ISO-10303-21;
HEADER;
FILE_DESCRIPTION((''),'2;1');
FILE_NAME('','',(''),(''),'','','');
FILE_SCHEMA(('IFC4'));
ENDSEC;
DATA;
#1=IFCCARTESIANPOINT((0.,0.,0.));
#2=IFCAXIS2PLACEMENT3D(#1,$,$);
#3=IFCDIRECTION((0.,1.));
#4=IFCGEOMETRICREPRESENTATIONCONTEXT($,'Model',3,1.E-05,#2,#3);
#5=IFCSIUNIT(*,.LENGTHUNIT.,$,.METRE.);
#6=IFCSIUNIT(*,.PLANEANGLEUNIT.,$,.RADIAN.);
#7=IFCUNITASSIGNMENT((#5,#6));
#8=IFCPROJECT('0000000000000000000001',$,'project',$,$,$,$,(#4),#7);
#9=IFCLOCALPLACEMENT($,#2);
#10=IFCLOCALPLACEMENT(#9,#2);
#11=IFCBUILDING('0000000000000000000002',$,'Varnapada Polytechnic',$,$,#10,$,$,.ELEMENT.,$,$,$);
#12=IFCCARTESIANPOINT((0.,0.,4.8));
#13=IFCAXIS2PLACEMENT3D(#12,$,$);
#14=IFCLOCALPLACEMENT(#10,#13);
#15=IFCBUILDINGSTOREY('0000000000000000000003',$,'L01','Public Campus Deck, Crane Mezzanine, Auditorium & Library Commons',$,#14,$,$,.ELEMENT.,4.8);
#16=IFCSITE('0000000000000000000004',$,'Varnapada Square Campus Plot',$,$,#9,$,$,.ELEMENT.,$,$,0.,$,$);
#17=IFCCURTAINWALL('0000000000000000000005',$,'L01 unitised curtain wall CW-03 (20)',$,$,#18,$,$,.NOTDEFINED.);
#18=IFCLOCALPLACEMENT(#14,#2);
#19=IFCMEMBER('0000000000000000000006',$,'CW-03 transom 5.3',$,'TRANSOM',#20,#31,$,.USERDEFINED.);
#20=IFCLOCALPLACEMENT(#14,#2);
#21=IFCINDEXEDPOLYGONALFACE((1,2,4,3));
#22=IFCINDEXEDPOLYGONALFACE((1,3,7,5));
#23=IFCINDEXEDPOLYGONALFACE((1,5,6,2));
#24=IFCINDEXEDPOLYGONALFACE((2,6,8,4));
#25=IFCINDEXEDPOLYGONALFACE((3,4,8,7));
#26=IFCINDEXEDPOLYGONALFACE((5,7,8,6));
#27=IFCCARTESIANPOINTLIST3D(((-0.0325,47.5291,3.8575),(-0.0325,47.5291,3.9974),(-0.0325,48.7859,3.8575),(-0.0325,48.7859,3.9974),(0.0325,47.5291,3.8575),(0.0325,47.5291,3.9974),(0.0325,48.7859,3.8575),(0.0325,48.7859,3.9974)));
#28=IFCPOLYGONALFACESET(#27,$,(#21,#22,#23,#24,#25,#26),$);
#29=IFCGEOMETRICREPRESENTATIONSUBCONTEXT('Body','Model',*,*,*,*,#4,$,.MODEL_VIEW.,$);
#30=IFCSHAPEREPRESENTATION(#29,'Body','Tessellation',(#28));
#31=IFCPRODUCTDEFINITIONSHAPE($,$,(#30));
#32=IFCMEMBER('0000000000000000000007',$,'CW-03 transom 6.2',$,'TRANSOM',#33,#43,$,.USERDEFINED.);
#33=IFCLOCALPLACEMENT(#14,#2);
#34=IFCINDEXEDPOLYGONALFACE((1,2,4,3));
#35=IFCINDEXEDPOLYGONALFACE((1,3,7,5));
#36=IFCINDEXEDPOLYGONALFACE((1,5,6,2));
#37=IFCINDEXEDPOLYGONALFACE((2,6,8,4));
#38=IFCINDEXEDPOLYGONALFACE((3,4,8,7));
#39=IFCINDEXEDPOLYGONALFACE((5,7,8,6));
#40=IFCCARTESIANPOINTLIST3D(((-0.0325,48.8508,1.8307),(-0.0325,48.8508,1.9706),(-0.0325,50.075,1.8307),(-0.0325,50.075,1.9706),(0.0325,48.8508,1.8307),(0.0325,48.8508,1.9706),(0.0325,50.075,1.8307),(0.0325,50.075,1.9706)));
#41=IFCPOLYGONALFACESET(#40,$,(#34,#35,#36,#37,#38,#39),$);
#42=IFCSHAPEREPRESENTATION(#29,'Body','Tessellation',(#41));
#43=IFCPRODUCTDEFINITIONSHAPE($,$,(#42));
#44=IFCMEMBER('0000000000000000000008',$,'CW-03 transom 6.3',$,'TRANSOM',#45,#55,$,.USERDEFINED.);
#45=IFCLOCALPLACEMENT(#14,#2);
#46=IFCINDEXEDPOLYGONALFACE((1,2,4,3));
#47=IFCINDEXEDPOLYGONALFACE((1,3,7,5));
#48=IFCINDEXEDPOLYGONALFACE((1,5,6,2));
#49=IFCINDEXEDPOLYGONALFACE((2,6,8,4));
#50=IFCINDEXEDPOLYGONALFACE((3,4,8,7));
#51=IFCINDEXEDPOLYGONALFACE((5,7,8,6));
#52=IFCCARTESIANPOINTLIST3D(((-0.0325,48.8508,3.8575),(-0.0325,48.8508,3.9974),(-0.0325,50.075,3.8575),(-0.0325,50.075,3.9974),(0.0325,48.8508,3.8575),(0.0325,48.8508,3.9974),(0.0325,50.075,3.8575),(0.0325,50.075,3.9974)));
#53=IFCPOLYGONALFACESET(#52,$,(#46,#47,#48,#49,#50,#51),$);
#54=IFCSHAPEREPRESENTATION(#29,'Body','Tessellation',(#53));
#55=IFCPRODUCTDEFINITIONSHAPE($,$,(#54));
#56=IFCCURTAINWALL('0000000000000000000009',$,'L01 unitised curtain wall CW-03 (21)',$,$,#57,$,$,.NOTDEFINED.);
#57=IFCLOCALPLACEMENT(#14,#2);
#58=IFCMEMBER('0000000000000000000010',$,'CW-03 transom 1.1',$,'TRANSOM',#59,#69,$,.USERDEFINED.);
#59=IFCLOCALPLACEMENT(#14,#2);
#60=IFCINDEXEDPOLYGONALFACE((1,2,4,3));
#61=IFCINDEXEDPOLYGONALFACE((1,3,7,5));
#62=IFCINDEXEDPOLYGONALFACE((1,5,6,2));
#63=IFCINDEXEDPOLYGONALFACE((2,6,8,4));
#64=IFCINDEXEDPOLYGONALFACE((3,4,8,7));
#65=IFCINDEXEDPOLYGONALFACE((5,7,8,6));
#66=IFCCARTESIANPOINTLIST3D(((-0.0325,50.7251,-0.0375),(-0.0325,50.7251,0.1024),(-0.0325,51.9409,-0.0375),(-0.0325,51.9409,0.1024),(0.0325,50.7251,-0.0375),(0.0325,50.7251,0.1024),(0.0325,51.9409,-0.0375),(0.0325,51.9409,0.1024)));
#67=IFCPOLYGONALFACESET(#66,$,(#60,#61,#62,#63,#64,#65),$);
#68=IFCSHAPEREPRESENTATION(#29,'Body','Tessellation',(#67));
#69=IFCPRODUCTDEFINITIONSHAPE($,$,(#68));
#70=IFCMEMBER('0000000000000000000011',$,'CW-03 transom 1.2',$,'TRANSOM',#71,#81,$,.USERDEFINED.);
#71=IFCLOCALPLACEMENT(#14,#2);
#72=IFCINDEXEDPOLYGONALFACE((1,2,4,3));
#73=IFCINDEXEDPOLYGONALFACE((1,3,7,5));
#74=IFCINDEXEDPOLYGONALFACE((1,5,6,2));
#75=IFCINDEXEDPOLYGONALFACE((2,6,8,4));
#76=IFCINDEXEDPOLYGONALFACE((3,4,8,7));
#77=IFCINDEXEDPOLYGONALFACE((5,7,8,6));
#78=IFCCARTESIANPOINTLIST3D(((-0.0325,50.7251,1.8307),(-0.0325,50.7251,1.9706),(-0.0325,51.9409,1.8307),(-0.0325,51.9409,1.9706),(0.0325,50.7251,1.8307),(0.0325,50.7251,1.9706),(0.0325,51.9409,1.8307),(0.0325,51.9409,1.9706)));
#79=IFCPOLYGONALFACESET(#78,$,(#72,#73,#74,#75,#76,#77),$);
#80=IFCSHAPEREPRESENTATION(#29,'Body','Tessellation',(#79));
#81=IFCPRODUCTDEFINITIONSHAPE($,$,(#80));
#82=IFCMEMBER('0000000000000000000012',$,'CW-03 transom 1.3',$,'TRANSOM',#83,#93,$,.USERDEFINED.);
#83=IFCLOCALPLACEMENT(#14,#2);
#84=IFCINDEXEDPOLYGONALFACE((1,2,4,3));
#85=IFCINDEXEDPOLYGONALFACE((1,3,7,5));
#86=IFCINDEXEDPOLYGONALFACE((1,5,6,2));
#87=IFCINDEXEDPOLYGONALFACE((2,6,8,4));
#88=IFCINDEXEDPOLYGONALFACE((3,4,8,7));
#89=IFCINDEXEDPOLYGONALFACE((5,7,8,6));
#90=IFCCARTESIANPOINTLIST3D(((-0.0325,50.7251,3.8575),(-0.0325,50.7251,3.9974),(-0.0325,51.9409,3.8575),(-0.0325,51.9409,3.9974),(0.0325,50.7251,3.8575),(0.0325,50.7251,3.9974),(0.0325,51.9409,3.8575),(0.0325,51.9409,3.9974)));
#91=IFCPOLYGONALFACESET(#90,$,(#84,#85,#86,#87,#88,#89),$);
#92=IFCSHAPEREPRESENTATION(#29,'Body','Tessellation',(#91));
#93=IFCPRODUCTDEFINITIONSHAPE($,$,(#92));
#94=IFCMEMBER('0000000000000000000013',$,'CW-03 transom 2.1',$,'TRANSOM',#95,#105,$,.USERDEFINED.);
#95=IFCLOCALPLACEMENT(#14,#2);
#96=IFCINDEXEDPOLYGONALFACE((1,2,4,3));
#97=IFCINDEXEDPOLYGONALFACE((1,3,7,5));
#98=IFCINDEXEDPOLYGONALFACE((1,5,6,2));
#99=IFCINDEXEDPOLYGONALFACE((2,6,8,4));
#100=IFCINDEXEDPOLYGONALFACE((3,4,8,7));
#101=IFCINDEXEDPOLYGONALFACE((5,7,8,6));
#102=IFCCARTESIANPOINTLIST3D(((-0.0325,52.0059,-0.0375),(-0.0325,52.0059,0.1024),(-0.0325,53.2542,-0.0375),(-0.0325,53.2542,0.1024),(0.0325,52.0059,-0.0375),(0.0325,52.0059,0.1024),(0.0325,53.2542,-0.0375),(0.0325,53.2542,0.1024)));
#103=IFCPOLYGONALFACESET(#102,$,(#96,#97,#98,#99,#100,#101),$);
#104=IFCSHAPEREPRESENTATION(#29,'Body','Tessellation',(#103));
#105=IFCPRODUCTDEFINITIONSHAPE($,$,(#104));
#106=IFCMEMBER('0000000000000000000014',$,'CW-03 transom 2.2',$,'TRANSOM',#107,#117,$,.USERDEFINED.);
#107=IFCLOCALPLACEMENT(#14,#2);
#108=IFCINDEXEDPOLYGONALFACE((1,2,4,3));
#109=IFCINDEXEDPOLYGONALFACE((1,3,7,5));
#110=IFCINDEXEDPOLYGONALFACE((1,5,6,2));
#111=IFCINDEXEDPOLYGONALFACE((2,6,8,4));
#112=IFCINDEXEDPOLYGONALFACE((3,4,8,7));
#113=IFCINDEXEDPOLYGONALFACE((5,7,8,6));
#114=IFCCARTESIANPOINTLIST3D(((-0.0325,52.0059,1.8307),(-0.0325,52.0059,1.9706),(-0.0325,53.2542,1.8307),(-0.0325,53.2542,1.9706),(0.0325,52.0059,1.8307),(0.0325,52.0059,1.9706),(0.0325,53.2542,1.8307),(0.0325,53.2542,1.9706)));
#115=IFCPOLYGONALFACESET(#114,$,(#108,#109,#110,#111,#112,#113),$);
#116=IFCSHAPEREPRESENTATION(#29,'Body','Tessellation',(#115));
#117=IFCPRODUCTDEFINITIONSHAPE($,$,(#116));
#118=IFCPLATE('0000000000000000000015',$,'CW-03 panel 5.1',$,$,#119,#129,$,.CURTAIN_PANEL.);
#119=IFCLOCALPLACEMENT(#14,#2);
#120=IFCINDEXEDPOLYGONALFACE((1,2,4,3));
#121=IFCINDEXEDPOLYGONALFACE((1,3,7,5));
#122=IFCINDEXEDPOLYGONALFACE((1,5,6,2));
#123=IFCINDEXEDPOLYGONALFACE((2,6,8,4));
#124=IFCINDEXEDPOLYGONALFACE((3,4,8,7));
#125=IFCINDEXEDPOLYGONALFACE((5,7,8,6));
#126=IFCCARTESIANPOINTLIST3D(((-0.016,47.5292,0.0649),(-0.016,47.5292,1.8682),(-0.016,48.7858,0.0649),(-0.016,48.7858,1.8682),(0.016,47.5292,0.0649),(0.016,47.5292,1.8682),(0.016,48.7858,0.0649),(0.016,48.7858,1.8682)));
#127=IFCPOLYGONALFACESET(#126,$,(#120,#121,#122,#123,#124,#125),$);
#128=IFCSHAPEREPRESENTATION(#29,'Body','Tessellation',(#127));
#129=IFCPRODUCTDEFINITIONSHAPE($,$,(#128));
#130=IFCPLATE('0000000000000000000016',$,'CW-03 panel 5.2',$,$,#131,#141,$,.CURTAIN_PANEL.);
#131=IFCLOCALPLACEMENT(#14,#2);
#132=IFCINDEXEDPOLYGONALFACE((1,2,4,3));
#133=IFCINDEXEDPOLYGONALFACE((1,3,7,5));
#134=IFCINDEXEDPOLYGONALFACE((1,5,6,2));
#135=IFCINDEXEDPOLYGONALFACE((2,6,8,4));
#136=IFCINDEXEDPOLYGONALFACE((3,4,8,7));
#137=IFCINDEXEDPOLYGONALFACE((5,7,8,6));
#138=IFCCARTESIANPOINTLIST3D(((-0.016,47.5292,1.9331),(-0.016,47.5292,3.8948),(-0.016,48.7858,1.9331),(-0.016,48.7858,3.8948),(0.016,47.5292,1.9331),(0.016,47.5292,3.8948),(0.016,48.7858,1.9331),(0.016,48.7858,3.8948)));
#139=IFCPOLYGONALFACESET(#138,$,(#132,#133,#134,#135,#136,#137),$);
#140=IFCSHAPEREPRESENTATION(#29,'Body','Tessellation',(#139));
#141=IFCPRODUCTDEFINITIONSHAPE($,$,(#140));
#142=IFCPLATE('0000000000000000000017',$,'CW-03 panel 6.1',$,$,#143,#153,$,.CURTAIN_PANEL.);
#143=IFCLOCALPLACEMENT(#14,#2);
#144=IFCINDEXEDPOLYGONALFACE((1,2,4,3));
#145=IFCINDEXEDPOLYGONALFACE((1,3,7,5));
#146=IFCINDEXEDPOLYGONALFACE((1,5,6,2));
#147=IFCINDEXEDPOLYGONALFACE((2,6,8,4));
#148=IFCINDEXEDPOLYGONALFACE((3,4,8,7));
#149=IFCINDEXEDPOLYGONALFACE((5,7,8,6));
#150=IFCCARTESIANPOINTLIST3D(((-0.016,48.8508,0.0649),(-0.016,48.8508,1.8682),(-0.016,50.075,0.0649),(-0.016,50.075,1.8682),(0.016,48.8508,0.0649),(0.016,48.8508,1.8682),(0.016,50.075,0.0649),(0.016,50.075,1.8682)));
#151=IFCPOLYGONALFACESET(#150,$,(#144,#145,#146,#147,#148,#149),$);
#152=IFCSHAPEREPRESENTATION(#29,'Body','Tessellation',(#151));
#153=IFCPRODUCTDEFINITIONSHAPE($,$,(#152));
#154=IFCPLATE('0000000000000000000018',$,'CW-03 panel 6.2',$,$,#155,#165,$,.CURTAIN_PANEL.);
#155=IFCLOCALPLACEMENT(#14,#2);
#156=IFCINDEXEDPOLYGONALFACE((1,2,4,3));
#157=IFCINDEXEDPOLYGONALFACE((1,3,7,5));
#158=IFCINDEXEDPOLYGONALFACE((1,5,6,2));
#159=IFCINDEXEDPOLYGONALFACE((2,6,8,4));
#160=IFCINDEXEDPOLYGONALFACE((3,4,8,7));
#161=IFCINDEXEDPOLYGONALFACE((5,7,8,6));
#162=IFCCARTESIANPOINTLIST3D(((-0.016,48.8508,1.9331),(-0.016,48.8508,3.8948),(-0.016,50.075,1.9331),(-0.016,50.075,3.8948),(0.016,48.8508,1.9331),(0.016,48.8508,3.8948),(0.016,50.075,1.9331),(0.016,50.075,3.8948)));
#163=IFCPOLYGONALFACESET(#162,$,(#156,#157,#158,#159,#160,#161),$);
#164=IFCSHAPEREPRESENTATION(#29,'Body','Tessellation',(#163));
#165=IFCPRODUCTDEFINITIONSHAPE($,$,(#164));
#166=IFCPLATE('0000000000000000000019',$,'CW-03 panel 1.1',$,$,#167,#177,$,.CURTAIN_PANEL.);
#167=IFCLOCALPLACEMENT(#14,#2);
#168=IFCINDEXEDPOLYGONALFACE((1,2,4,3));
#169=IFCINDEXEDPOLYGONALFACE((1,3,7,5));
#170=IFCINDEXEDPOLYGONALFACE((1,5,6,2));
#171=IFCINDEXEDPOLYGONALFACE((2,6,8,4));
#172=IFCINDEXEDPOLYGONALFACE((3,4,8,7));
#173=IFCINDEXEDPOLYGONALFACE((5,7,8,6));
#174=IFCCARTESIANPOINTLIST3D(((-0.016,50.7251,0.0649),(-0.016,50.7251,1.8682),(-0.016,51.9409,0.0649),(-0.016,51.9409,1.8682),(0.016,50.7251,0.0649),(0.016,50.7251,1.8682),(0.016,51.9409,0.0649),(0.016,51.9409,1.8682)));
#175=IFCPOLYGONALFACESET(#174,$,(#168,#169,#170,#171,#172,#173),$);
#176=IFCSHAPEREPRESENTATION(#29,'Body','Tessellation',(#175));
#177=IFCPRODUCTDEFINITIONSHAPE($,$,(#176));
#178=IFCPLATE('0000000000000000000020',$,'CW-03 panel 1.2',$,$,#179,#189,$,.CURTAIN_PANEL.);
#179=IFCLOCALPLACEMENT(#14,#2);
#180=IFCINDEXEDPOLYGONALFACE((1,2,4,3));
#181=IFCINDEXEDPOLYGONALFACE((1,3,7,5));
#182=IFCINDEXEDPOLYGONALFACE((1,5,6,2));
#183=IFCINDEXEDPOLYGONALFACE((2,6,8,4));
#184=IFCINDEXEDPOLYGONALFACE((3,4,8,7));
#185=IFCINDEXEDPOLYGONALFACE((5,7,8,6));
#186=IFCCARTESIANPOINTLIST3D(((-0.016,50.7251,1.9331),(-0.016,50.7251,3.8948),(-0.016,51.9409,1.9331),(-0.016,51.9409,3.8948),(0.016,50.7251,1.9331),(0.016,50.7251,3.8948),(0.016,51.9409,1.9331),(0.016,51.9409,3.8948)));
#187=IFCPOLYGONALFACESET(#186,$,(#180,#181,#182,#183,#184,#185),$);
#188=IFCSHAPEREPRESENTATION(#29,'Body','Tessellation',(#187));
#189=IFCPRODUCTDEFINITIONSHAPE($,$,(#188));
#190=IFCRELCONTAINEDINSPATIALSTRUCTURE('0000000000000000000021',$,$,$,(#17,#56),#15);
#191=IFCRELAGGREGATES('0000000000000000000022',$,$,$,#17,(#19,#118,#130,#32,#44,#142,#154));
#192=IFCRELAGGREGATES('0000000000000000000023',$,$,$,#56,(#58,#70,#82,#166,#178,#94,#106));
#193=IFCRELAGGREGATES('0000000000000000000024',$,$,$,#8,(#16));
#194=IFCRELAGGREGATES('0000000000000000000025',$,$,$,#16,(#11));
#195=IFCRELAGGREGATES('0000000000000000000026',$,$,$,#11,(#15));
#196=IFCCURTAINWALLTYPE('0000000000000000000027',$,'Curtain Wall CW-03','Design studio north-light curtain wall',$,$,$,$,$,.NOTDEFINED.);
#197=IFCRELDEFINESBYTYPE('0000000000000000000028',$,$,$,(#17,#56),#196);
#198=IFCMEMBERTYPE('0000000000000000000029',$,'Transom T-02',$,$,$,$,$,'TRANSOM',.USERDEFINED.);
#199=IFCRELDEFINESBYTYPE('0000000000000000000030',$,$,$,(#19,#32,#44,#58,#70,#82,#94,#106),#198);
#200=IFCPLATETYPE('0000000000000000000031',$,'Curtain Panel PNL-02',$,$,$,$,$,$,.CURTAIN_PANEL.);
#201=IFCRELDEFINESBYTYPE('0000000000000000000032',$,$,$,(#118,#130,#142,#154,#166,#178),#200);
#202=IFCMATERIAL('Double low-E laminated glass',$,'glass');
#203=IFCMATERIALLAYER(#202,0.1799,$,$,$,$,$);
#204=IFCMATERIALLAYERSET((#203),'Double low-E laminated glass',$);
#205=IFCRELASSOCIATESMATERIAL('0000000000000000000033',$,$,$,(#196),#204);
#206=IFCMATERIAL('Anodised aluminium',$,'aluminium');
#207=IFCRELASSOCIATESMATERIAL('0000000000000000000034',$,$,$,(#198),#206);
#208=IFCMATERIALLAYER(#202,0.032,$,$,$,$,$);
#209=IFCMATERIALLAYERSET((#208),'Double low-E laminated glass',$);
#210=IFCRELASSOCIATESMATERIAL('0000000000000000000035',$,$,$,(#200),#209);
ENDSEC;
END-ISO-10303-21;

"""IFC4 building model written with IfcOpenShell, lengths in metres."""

from ifc_helpers import new_model, si_unit, direction, frame, origin, origin_2d, place, context, subcontext, project, spatial, rectangle, extrude, material, layer, layer_set, material_profile, profile_set, type_object, element, aggregate, save


model = new_model("IFC4")

# Units and contexts
model_context = context("Model", 3, precision=1e-05, world=origin(), true_north=direction((0.0, 1.0)))
body_context = subcontext(model_context, "Body", "Model", "MODEL_VIEW")
ifc_project = project(units=[si_unit("LENGTHUNIT", "METRE"), si_unit("PLANEANGLEUNIT", "RADIAN")], contexts=[model_context])

# Site, building, storey
site_placement = place(None, origin())
site = spatial("IfcSite", under=ifc_project, at=site_placement, Name="Varnapada Square Campus Plot", CompositionType="ELEMENT", RefElevation=0.0)
building_placement = place(site_placement, origin())
building = spatial("IfcBuilding", under=site, at=building_placement, Name="Varnapada Polytechnic", CompositionType="ELEMENT")
storey_placement = place(building_placement, frame((0.0, 0.0, 4.8)))
storey = spatial("IfcBuildingStorey", under=building, at=storey_placement, Name="L01", Description="Public Campus Deck, Crane Mezzanine, Auditorium & Library Commons", CompositionType="ELEMENT", Elevation=4.8)

# Curtain walls, members
ifc_material_1 = material(Name="Double low-E laminated glass", Category="glass")
ifc_layer_1 = layer(ifc_material_1, 0.1799)
ifc_layer_set_1 = layer_set([ifc_layer_1], Name="Double low-E laminated glass")
curtain_wall_type = type_object("IfcCurtainWallType", Name="Curtain Wall CW-03", Description="Design studio north-light curtain wall", PredefinedType="NOTDEFINED", material=ifc_layer_set_1)
curtain_wall_1_placement = place(storey_placement, origin())
curtain_wall_1 = element("IfcCurtainWall", 1, at=curtain_wall_1_placement, inside=storey, type_object=curtain_wall_type, Name="L01 unitised curtain wall CW-03 (20)", PredefinedType="NOTDEFINED")
ifc_material_2 = material(Name="Anodised aluminium", Category="aluminium")
ifc_material_profile = material_profile(ifc_material_2, rectangle(XDim=0.0649, YDim=0.1399, at=origin_2d()), Name="ALU T65x140")
ifc_profile_set = profile_set([ifc_material_profile], Name="Anodised aluminium")
member_type = type_object("IfcMemberType", Name="Transom T-02", ElementType="TRANSOM", PredefinedType="USERDEFINED", material=ifc_profile_set)
member_1_placement = place(storey_placement, frame((0.0, 47.5291, 3.9275), z_axis=(0.0, 1.0, 0.0), x_axis=(-1.0, 0.0, 0.0)))
member_1 = element("IfcMember", 2, at=member_1_placement, type_object=member_type, Name="CW-03 transom 5.3", ObjectType="TRANSOM", PredefinedType="USERDEFINED", context=body_context, shape_type="SweptSolid", body=[
    extrude(rectangle(XDim=0.0649, YDim=0.1399, at=origin_2d()), origin(), (0.0, 0.0, 1.0), 1.2568),
])
member_2_placement = place(storey_placement, frame((0.0, 48.8508, 1.9006), z_axis=(0.0, 1.0, 0.0), x_axis=(-1.0, 0.0, 0.0)))
member_2 = element("IfcMember", 3, at=member_2_placement, type_object=member_type, Name="CW-03 transom 6.2", ObjectType="TRANSOM", PredefinedType="USERDEFINED", context=body_context, shape_type="SweptSolid", body=[
    extrude(rectangle(XDim=0.0649, YDim=0.1399, at=origin_2d()), origin(), (0.0, 0.0, 1.0), 1.2241),
])
member_3_placement = place(storey_placement, frame((0.0, 48.8508, 3.9275), z_axis=(0.0, 1.0, 0.0), x_axis=(-1.0, 0.0, 0.0)))
member_3 = element("IfcMember", 4, at=member_3_placement, type_object=member_type, Name="CW-03 transom 6.3", ObjectType="TRANSOM", PredefinedType="USERDEFINED", context=body_context, shape_type="SweptSolid", body=[
    extrude(rectangle(XDim=0.0649, YDim=0.1399, at=origin_2d()), origin(), (0.0, 0.0, 1.0), 1.2241),
])
curtain_wall_2_placement = place(storey_placement, origin())
curtain_wall_2 = element("IfcCurtainWall", 5, at=curtain_wall_2_placement, inside=storey, type_object=curtain_wall_type, Name="L01 unitised curtain wall CW-03 (21)", PredefinedType="NOTDEFINED")
member_4_placement = place(storey_placement, frame((0.0, 50.7251, 0.0325), z_axis=(0.0, 1.0, 0.0), x_axis=(-1.0, 0.0, 0.0)))
member_4 = element("IfcMember", 6, at=member_4_placement, type_object=member_type, Name="CW-03 transom 1.1", ObjectType="TRANSOM", PredefinedType="USERDEFINED", context=body_context, shape_type="SweptSolid", body=[
    extrude(rectangle(XDim=0.0649, YDim=0.1399, at=origin_2d()), origin(), (0.0, 0.0, 1.0), 1.2158),
])
member_5_placement = place(storey_placement, frame((0.0, 50.7251, 1.9006), z_axis=(0.0, 1.0, 0.0), x_axis=(-1.0, 0.0, 0.0)))
member_5 = element("IfcMember", 7, at=member_5_placement, type_object=member_type, Name="CW-03 transom 1.2", ObjectType="TRANSOM", PredefinedType="USERDEFINED", context=body_context, shape_type="SweptSolid", body=[
    extrude(rectangle(XDim=0.0649, YDim=0.1399, at=origin_2d()), origin(), (0.0, 0.0, 1.0), 1.2158),
])
member_6_placement = place(storey_placement, frame((0.0, 50.7251, 3.9275), z_axis=(0.0, 1.0, 0.0), x_axis=(-1.0, 0.0, 0.0)))
member_6 = element("IfcMember", 8, at=member_6_placement, type_object=member_type, Name="CW-03 transom 1.3", ObjectType="TRANSOM", PredefinedType="USERDEFINED", context=body_context, shape_type="SweptSolid", body=[
    extrude(rectangle(XDim=0.0649, YDim=0.1399, at=origin_2d()), origin(), (0.0, 0.0, 1.0), 1.2158),
])
member_7_placement = place(storey_placement, frame((0.0, 52.0059, 0.0325), z_axis=(0.0, 1.0, 0.0), x_axis=(-1.0, 0.0, 0.0)))
member_7 = element("IfcMember", 9, at=member_7_placement, type_object=member_type, Name="CW-03 transom 2.1", ObjectType="TRANSOM", PredefinedType="USERDEFINED", context=body_context, shape_type="SweptSolid", body=[
    extrude(rectangle(XDim=0.0649, YDim=0.1399, at=origin_2d()), origin(), (0.0, 0.0, 1.0), 1.2483),
])
member_8_placement = place(storey_placement, frame((0.0, 52.0059, 1.9006), z_axis=(0.0, 1.0, 0.0), x_axis=(-1.0, 0.0, 0.0)))
member_8 = element("IfcMember", 10, at=member_8_placement, type_object=member_type, Name="CW-03 transom 2.2", ObjectType="TRANSOM", PredefinedType="USERDEFINED", context=body_context, shape_type="SweptSolid", body=[
    extrude(rectangle(XDim=0.0649, YDim=0.1399, at=origin_2d()), origin(), (0.0, 0.0, 1.0), 1.2483),
])

# Plates
ifc_layer_2 = layer(ifc_material_1, 0.032)
ifc_layer_set_2 = layer_set([ifc_layer_2], Name="Double low-E laminated glass")
plate_type = type_object("IfcPlateType", Name="Curtain Panel PNL-02", PredefinedType="CURTAIN_PANEL", material=ifc_layer_set_2)
plate_1_placement = place(storey_placement, frame((0.0, 48.1575, 0.0649), z_axis=(0.0, 0.0, 1.0), x_axis=(0.0, 1.0, 0.0)))
plate_1 = element("IfcPlate", 11, at=plate_1_placement, type_object=plate_type, Name="CW-03 panel 5.1", PredefinedType="CURTAIN_PANEL", context=body_context, shape_type="SweptSolid", body=[
    extrude(rectangle(XDim=1.2566, YDim=0.032, at=origin_2d()), origin(), (0.0, 0.0, 1.0), 1.8032),
])
plate_2_placement = place(storey_placement, frame((0.0, 48.1575, 1.9331), z_axis=(0.0, 0.0, 1.0), x_axis=(0.0, 1.0, 0.0)))
plate_2 = element("IfcPlate", 12, at=plate_2_placement, type_object=plate_type, Name="CW-03 panel 5.2", PredefinedType="CURTAIN_PANEL", context=body_context, shape_type="SweptSolid", body=[
    extrude(rectangle(XDim=1.2566, YDim=0.032, at=origin_2d()), origin(), (0.0, 0.0, 1.0), 1.9617),
])
plate_3_placement = place(storey_placement, frame((0.0, 49.4629, 0.0649), z_axis=(0.0, 0.0, 1.0), x_axis=(0.0, 1.0, 0.0)))
plate_3 = element("IfcPlate", 13, at=plate_3_placement, type_object=plate_type, Name="CW-03 panel 6.1", PredefinedType="CURTAIN_PANEL", context=body_context, shape_type="SweptSolid", body=[
    extrude(rectangle(XDim=1.2241, YDim=0.032, at=origin_2d()), origin(), (0.0, 0.0, 1.0), 1.8032),
])
plate_4_placement = place(storey_placement, frame((0.0, 49.4629, 1.9331), z_axis=(0.0, 0.0, 1.0), x_axis=(0.0, 1.0, 0.0)))
plate_4 = element("IfcPlate", 14, at=plate_4_placement, type_object=plate_type, Name="CW-03 panel 6.2", PredefinedType="CURTAIN_PANEL", context=body_context, shape_type="SweptSolid", body=[
    extrude(rectangle(XDim=1.2241, YDim=0.032, at=origin_2d()), origin(), (0.0, 0.0, 1.0), 1.9617),
])
aggregate(curtain_wall_1, [member_1, plate_1, plate_2, member_2, member_3, plate_3, plate_4])
plate_5_placement = place(storey_placement, frame((0.0, 51.333, 0.0649), z_axis=(0.0, 0.0, 1.0), x_axis=(0.0, 1.0, 0.0)))
plate_5 = element("IfcPlate", 15, at=plate_5_placement, type_object=plate_type, Name="CW-03 panel 1.1", PredefinedType="CURTAIN_PANEL", context=body_context, shape_type="SweptSolid", body=[
    extrude(rectangle(XDim=1.2158, YDim=0.032, at=origin_2d()), origin(), (0.0, 0.0, 1.0), 1.8032),
])
plate_6_placement = place(storey_placement, frame((0.0, 51.333, 1.9331), z_axis=(0.0, 0.0, 1.0), x_axis=(0.0, 1.0, 0.0)))
plate_6 = element("IfcPlate", 16, at=plate_6_placement, type_object=plate_type, Name="CW-03 panel 1.2", PredefinedType="CURTAIN_PANEL", context=body_context, shape_type="SweptSolid", body=[
    extrude(rectangle(XDim=1.2158, YDim=0.032, at=origin_2d()), origin(), (0.0, 0.0, 1.0), 1.9617),
])
aggregate(curtain_wall_2, [member_4, member_5, member_6, plate_5, plate_6, member_7, member_8])

save(model, "model.ifc")
